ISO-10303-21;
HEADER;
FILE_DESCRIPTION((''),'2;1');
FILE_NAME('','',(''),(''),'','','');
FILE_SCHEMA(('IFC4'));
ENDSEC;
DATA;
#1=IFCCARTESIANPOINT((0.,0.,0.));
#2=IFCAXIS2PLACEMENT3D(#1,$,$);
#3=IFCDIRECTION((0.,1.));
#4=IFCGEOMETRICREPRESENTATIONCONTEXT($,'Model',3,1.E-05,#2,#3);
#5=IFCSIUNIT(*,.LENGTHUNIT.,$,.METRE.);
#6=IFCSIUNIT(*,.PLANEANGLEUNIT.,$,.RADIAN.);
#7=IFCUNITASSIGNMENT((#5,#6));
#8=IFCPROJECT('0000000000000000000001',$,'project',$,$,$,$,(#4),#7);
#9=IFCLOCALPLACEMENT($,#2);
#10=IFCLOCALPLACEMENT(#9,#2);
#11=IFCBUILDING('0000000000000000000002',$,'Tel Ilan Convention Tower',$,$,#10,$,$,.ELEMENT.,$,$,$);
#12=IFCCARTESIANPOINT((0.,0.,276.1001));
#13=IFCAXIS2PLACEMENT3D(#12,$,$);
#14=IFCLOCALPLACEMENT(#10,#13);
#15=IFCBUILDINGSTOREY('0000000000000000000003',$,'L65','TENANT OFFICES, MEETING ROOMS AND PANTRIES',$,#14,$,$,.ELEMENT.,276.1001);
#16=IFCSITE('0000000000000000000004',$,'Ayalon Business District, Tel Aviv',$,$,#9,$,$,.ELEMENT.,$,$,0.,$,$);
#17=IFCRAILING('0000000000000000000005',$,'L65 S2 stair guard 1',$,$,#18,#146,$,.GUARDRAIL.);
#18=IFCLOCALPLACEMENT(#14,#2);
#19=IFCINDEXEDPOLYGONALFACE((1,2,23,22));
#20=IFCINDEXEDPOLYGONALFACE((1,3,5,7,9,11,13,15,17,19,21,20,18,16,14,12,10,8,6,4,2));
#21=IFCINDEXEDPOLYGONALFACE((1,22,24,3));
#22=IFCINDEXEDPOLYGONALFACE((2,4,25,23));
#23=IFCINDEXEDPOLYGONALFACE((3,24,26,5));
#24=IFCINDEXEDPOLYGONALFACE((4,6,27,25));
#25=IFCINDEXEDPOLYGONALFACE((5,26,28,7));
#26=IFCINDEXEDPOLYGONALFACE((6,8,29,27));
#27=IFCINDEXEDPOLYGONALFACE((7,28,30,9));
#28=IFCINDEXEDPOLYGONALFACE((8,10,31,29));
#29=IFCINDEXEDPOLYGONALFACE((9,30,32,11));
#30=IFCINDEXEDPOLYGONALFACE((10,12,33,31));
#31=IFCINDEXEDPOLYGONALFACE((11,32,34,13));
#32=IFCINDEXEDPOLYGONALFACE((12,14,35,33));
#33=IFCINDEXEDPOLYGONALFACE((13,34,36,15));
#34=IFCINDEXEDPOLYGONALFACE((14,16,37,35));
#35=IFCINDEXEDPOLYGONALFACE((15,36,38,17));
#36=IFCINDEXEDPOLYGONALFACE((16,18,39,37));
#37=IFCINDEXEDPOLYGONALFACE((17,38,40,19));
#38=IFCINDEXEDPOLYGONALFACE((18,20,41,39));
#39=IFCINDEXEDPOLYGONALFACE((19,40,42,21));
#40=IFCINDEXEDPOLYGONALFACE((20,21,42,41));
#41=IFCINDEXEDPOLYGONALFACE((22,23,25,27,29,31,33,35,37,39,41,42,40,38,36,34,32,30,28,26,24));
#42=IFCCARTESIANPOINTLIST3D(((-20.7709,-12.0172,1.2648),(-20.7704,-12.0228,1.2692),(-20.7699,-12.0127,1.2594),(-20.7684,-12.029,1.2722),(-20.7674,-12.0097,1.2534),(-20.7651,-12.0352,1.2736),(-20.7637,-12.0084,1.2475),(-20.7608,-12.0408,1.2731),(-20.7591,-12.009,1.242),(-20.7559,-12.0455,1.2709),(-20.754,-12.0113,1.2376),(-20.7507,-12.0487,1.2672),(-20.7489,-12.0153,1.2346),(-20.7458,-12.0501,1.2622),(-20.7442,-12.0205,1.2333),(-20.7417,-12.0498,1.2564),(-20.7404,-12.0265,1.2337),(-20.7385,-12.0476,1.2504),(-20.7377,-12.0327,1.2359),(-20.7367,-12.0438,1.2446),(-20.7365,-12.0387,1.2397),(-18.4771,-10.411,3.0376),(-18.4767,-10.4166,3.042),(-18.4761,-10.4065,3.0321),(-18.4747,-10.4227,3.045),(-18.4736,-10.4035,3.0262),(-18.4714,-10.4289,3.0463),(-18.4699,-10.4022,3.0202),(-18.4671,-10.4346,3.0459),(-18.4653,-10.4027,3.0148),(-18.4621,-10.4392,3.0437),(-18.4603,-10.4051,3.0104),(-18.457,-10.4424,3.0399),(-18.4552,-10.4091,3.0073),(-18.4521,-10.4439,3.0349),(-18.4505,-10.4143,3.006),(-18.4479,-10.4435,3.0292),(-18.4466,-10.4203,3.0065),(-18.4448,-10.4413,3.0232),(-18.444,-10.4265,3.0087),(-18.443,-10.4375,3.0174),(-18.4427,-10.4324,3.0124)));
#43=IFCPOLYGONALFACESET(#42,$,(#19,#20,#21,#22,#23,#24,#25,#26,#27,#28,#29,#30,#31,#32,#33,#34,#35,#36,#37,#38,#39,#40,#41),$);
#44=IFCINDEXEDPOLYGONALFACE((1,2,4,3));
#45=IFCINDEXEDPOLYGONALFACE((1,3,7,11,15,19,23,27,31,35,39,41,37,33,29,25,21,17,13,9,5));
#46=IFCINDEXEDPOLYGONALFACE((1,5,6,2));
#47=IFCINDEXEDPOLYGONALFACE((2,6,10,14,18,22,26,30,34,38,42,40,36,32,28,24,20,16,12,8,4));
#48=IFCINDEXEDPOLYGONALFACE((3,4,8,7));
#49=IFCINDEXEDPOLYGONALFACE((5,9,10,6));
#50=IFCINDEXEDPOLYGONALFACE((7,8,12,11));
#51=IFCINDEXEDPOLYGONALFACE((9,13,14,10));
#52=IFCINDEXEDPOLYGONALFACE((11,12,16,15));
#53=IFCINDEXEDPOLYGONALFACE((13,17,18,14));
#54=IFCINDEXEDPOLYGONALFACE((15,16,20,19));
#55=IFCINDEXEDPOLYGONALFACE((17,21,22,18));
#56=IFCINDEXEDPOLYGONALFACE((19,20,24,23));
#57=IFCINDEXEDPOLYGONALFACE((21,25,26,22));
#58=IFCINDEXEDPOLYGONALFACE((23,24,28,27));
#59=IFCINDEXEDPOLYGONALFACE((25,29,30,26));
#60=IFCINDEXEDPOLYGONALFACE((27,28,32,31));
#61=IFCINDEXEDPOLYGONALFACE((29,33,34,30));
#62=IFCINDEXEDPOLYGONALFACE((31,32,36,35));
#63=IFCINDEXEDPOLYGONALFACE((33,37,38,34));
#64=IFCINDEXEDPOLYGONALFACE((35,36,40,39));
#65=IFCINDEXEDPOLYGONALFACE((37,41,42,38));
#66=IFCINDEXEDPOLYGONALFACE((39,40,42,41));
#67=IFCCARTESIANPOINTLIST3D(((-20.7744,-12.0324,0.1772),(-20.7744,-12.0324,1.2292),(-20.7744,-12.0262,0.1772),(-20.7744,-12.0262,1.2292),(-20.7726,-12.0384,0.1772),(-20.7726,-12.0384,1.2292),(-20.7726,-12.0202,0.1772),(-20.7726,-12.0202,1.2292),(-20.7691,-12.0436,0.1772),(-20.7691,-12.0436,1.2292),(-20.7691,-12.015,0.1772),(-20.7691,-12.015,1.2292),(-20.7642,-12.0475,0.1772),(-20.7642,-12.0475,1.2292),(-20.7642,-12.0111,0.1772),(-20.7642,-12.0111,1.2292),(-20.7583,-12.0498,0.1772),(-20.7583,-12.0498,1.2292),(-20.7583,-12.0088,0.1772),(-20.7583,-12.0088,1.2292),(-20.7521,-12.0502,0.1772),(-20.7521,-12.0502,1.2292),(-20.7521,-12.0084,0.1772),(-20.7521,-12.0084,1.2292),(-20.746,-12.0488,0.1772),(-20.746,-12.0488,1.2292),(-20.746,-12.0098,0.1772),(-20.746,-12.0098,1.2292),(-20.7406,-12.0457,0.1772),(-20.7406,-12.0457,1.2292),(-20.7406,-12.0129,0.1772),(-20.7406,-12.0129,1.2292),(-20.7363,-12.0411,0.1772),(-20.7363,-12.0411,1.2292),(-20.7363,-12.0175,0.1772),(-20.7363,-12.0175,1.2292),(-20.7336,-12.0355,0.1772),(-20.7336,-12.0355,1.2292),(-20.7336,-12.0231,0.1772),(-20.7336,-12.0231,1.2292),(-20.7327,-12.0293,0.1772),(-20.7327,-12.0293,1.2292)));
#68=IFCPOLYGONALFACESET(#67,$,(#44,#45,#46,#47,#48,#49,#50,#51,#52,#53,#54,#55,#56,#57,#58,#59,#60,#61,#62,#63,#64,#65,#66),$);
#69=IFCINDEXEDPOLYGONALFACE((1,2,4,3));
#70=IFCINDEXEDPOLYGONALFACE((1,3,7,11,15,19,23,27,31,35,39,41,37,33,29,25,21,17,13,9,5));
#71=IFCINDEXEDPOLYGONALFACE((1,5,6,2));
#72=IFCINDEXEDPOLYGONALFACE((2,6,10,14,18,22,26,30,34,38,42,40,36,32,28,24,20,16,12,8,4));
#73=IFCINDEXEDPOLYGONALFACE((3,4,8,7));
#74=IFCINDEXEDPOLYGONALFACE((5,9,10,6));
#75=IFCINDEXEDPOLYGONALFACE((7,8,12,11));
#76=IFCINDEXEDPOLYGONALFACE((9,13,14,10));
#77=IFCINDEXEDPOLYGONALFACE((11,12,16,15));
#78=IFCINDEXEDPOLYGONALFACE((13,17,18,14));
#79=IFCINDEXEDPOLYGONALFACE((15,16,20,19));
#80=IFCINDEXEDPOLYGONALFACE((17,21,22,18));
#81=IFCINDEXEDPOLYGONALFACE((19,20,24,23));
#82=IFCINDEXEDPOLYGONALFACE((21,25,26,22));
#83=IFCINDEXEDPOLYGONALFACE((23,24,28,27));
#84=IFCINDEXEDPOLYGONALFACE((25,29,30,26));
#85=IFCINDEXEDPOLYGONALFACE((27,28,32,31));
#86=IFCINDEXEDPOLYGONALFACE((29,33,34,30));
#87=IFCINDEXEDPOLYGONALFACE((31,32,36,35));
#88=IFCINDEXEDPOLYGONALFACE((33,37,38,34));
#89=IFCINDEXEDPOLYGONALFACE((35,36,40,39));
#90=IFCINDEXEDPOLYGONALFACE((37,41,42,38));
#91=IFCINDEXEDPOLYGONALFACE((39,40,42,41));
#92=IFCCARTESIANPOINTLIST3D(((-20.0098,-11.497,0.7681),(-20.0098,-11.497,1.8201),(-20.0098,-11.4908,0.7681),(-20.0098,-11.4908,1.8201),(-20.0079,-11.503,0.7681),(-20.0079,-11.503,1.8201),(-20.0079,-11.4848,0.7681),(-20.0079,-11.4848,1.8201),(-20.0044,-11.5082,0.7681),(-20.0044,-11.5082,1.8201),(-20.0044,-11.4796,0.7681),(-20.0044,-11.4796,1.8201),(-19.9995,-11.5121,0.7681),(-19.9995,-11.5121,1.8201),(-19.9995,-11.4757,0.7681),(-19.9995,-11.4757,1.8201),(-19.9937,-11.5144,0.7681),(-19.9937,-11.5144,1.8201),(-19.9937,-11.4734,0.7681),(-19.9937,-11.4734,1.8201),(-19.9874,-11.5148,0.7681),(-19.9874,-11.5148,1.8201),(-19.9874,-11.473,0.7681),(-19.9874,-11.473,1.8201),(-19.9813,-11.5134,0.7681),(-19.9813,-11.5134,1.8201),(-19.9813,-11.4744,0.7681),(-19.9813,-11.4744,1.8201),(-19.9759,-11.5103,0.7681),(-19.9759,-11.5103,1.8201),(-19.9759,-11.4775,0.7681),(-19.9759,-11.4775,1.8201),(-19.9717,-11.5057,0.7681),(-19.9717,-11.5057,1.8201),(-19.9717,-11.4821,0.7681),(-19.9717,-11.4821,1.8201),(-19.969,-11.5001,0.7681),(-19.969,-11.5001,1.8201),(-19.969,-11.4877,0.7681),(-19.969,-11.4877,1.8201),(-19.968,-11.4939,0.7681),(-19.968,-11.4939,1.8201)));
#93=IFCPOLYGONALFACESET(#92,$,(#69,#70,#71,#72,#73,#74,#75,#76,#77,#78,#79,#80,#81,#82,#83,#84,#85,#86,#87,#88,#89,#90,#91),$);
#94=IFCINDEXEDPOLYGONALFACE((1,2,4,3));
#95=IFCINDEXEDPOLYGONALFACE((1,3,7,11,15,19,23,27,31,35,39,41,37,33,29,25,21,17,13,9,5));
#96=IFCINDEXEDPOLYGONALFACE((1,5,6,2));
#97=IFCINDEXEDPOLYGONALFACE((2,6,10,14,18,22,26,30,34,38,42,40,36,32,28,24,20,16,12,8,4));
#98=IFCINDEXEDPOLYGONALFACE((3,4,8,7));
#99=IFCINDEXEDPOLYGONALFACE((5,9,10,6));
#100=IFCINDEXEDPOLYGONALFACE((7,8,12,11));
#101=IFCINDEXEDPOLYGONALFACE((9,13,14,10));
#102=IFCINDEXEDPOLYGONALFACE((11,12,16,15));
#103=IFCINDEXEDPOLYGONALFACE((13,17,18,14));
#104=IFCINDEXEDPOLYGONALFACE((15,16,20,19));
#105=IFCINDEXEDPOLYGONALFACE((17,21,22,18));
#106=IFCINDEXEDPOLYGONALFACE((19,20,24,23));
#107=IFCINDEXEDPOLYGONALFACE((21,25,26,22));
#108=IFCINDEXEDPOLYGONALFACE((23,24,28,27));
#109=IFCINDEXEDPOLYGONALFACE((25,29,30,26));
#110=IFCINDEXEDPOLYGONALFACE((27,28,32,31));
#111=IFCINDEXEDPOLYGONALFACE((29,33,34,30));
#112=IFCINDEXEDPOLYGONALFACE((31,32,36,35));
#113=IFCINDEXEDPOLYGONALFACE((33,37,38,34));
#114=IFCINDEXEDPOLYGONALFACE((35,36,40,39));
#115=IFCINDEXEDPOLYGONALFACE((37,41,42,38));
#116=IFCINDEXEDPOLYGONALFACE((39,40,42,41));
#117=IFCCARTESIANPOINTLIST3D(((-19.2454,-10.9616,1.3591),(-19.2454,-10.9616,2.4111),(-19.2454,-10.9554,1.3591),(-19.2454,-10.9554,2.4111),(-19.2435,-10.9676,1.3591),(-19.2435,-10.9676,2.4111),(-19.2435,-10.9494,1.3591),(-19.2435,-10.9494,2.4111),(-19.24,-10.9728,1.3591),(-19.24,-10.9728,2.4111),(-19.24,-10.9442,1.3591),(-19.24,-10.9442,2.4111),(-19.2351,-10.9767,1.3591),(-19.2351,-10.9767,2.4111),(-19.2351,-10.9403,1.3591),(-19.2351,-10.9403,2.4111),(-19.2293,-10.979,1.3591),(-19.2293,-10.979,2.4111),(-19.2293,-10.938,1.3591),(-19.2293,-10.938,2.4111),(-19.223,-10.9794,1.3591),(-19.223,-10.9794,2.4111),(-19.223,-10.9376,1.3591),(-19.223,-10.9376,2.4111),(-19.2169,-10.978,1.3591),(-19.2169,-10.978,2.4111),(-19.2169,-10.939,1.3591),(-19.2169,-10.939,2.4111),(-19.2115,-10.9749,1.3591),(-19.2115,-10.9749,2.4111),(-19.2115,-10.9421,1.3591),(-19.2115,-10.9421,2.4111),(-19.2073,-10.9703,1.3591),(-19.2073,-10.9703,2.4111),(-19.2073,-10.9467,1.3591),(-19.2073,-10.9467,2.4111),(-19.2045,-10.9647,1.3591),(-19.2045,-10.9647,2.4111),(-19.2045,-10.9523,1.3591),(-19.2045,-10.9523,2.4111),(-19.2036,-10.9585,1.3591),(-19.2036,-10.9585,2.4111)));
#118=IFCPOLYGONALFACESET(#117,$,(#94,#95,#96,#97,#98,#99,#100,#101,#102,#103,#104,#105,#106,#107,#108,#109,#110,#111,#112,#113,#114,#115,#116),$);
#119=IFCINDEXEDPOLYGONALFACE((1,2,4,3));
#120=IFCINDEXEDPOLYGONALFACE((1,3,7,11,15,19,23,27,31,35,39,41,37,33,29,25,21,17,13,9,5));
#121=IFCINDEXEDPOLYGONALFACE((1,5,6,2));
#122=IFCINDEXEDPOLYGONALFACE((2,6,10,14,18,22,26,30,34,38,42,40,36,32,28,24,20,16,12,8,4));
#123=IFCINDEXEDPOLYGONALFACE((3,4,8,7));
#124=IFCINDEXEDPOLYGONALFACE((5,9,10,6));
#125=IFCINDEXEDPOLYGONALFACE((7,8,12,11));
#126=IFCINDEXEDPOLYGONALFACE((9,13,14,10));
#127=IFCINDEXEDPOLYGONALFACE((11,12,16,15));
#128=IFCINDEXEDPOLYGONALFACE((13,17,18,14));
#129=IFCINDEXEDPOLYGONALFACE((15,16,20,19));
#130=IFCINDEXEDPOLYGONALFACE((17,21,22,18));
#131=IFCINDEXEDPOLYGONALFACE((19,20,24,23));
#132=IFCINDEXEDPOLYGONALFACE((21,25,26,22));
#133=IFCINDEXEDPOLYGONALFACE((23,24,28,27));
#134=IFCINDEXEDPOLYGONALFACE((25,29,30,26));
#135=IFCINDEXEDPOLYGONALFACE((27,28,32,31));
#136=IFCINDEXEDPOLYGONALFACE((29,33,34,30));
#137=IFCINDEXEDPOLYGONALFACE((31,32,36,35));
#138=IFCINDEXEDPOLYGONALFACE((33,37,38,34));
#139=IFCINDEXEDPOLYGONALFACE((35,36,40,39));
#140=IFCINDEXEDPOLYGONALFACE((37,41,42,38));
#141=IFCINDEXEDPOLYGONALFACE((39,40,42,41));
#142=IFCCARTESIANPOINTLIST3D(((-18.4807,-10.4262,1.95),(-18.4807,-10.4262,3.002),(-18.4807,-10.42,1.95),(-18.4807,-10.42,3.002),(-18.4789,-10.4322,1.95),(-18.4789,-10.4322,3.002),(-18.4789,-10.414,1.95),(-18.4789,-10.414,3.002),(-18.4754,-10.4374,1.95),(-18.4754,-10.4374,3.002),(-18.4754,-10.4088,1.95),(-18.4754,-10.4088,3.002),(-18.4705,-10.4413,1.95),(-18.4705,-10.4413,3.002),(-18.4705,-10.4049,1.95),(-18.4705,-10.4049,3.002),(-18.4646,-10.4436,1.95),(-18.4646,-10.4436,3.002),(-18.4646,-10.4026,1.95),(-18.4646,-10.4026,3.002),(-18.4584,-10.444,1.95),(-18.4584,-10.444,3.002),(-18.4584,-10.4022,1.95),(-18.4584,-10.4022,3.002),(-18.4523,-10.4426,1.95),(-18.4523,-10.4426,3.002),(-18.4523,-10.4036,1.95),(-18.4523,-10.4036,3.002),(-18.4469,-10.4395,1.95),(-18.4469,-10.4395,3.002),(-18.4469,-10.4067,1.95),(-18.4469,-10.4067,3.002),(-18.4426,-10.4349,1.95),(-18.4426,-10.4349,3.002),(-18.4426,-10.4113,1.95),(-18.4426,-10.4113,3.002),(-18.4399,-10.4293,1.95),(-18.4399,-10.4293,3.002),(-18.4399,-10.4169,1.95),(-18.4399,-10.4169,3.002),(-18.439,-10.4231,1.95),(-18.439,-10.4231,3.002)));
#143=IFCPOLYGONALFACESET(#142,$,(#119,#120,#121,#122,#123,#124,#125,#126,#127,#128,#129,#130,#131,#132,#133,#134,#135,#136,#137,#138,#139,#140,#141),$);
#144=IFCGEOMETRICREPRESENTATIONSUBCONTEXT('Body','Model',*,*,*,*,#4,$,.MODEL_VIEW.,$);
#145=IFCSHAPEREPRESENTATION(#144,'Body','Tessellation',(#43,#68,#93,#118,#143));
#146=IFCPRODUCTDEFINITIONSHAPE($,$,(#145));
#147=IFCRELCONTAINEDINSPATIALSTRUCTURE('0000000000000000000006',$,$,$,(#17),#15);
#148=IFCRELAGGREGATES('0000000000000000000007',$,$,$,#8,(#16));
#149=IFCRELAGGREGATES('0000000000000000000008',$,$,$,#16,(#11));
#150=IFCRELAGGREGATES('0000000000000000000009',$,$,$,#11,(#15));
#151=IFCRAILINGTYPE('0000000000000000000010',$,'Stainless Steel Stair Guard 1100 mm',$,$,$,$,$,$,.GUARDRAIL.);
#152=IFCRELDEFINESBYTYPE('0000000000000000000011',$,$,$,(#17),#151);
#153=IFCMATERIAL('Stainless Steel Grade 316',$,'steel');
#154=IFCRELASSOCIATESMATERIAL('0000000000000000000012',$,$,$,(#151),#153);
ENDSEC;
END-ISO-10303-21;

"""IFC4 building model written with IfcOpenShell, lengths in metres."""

from ifc_helpers import new_model, si_unit, direction, frame, origin, origin_2d, place, context, subcontext, project, spatial, circle, extrude, material, type_object, element, save


model = new_model("IFC4")

# Units and contexts
model_context = context("Model", 3, precision=1e-05, world=origin(), true_north=direction((0.0, 1.0)))
body_context = subcontext(model_context, "Body", "Model", "MODEL_VIEW")
ifc_project = project(units=[si_unit("LENGTHUNIT", "METRE"), si_unit("PLANEANGLEUNIT", "RADIAN")], contexts=[model_context])

# Site, building, storey
site_placement = place(None, origin())
site = spatial("IfcSite", under=ifc_project, at=site_placement, Name="Ayalon Business District, Tel Aviv", CompositionType="ELEMENT", RefElevation=0.0)
building_placement = place(site_placement, origin())
building = spatial("IfcBuilding", under=site, at=building_placement, Name="Tel Ilan Convention Tower", CompositionType="ELEMENT")
storey_placement = place(building_placement, frame((0.0, 0.0, 276.1001)))
storey = spatial("IfcBuildingStorey", under=building, at=storey_placement, Name="L65", Description="TENANT OFFICES, MEETING ROOMS AND PANTRIES", CompositionType="ELEMENT", Elevation=276.1001)

# Railing
ifc_material_1 = material(Name="Stainless Steel Grade 316", Category="steel")
railing_type_1 = type_object("IfcRailingType", Name="Stainless Steel Stair Guard 1100 mm", PredefinedType="GUARDRAIL", material=ifc_material_1)
railing_1_placement = place(storey_placement, frame((-20.7537, -12.0293, 0.1772)))
element("IfcRailing", 1, at=railing_1_placement, inside=storey, type_object=railing_type_1, Name="L65 S2 stair guard 1", PredefinedType="GUARDRAIL", context=body_context, shape_type="SweptSolid", body=[
    extrude(circle(Radius=0.0239, at=origin_2d()), frame((0.0, 0.0, 1.0762), z_axis=(0.692098, 0.484653, 0.534894), x_axis=(-0.573609, 0.81913, 0.0)), (0.0, 0.0, 1.0), 3.3142),
    extrude(circle(Radius=0.021, at=origin_2d()), origin(), (0.0, 0.0, 1.0), 1.052),
    extrude(circle(Radius=0.021, at=origin_2d()), frame((0.7646, 0.5354, 0.5908)), (0.0, 0.0, 1.0), 1.052),
    extrude(circle(Radius=0.021, at=origin_2d()), frame((1.5291, 1.0708, 1.1819)), (0.0, 0.0, 1.0), 1.052),
    extrude(circle(Radius=0.021, at=origin_2d()), frame((2.2937, 1.6062, 1.7727)), (0.0, 0.0, 1.0), 1.052),
])

save(model, "model.ifc")
